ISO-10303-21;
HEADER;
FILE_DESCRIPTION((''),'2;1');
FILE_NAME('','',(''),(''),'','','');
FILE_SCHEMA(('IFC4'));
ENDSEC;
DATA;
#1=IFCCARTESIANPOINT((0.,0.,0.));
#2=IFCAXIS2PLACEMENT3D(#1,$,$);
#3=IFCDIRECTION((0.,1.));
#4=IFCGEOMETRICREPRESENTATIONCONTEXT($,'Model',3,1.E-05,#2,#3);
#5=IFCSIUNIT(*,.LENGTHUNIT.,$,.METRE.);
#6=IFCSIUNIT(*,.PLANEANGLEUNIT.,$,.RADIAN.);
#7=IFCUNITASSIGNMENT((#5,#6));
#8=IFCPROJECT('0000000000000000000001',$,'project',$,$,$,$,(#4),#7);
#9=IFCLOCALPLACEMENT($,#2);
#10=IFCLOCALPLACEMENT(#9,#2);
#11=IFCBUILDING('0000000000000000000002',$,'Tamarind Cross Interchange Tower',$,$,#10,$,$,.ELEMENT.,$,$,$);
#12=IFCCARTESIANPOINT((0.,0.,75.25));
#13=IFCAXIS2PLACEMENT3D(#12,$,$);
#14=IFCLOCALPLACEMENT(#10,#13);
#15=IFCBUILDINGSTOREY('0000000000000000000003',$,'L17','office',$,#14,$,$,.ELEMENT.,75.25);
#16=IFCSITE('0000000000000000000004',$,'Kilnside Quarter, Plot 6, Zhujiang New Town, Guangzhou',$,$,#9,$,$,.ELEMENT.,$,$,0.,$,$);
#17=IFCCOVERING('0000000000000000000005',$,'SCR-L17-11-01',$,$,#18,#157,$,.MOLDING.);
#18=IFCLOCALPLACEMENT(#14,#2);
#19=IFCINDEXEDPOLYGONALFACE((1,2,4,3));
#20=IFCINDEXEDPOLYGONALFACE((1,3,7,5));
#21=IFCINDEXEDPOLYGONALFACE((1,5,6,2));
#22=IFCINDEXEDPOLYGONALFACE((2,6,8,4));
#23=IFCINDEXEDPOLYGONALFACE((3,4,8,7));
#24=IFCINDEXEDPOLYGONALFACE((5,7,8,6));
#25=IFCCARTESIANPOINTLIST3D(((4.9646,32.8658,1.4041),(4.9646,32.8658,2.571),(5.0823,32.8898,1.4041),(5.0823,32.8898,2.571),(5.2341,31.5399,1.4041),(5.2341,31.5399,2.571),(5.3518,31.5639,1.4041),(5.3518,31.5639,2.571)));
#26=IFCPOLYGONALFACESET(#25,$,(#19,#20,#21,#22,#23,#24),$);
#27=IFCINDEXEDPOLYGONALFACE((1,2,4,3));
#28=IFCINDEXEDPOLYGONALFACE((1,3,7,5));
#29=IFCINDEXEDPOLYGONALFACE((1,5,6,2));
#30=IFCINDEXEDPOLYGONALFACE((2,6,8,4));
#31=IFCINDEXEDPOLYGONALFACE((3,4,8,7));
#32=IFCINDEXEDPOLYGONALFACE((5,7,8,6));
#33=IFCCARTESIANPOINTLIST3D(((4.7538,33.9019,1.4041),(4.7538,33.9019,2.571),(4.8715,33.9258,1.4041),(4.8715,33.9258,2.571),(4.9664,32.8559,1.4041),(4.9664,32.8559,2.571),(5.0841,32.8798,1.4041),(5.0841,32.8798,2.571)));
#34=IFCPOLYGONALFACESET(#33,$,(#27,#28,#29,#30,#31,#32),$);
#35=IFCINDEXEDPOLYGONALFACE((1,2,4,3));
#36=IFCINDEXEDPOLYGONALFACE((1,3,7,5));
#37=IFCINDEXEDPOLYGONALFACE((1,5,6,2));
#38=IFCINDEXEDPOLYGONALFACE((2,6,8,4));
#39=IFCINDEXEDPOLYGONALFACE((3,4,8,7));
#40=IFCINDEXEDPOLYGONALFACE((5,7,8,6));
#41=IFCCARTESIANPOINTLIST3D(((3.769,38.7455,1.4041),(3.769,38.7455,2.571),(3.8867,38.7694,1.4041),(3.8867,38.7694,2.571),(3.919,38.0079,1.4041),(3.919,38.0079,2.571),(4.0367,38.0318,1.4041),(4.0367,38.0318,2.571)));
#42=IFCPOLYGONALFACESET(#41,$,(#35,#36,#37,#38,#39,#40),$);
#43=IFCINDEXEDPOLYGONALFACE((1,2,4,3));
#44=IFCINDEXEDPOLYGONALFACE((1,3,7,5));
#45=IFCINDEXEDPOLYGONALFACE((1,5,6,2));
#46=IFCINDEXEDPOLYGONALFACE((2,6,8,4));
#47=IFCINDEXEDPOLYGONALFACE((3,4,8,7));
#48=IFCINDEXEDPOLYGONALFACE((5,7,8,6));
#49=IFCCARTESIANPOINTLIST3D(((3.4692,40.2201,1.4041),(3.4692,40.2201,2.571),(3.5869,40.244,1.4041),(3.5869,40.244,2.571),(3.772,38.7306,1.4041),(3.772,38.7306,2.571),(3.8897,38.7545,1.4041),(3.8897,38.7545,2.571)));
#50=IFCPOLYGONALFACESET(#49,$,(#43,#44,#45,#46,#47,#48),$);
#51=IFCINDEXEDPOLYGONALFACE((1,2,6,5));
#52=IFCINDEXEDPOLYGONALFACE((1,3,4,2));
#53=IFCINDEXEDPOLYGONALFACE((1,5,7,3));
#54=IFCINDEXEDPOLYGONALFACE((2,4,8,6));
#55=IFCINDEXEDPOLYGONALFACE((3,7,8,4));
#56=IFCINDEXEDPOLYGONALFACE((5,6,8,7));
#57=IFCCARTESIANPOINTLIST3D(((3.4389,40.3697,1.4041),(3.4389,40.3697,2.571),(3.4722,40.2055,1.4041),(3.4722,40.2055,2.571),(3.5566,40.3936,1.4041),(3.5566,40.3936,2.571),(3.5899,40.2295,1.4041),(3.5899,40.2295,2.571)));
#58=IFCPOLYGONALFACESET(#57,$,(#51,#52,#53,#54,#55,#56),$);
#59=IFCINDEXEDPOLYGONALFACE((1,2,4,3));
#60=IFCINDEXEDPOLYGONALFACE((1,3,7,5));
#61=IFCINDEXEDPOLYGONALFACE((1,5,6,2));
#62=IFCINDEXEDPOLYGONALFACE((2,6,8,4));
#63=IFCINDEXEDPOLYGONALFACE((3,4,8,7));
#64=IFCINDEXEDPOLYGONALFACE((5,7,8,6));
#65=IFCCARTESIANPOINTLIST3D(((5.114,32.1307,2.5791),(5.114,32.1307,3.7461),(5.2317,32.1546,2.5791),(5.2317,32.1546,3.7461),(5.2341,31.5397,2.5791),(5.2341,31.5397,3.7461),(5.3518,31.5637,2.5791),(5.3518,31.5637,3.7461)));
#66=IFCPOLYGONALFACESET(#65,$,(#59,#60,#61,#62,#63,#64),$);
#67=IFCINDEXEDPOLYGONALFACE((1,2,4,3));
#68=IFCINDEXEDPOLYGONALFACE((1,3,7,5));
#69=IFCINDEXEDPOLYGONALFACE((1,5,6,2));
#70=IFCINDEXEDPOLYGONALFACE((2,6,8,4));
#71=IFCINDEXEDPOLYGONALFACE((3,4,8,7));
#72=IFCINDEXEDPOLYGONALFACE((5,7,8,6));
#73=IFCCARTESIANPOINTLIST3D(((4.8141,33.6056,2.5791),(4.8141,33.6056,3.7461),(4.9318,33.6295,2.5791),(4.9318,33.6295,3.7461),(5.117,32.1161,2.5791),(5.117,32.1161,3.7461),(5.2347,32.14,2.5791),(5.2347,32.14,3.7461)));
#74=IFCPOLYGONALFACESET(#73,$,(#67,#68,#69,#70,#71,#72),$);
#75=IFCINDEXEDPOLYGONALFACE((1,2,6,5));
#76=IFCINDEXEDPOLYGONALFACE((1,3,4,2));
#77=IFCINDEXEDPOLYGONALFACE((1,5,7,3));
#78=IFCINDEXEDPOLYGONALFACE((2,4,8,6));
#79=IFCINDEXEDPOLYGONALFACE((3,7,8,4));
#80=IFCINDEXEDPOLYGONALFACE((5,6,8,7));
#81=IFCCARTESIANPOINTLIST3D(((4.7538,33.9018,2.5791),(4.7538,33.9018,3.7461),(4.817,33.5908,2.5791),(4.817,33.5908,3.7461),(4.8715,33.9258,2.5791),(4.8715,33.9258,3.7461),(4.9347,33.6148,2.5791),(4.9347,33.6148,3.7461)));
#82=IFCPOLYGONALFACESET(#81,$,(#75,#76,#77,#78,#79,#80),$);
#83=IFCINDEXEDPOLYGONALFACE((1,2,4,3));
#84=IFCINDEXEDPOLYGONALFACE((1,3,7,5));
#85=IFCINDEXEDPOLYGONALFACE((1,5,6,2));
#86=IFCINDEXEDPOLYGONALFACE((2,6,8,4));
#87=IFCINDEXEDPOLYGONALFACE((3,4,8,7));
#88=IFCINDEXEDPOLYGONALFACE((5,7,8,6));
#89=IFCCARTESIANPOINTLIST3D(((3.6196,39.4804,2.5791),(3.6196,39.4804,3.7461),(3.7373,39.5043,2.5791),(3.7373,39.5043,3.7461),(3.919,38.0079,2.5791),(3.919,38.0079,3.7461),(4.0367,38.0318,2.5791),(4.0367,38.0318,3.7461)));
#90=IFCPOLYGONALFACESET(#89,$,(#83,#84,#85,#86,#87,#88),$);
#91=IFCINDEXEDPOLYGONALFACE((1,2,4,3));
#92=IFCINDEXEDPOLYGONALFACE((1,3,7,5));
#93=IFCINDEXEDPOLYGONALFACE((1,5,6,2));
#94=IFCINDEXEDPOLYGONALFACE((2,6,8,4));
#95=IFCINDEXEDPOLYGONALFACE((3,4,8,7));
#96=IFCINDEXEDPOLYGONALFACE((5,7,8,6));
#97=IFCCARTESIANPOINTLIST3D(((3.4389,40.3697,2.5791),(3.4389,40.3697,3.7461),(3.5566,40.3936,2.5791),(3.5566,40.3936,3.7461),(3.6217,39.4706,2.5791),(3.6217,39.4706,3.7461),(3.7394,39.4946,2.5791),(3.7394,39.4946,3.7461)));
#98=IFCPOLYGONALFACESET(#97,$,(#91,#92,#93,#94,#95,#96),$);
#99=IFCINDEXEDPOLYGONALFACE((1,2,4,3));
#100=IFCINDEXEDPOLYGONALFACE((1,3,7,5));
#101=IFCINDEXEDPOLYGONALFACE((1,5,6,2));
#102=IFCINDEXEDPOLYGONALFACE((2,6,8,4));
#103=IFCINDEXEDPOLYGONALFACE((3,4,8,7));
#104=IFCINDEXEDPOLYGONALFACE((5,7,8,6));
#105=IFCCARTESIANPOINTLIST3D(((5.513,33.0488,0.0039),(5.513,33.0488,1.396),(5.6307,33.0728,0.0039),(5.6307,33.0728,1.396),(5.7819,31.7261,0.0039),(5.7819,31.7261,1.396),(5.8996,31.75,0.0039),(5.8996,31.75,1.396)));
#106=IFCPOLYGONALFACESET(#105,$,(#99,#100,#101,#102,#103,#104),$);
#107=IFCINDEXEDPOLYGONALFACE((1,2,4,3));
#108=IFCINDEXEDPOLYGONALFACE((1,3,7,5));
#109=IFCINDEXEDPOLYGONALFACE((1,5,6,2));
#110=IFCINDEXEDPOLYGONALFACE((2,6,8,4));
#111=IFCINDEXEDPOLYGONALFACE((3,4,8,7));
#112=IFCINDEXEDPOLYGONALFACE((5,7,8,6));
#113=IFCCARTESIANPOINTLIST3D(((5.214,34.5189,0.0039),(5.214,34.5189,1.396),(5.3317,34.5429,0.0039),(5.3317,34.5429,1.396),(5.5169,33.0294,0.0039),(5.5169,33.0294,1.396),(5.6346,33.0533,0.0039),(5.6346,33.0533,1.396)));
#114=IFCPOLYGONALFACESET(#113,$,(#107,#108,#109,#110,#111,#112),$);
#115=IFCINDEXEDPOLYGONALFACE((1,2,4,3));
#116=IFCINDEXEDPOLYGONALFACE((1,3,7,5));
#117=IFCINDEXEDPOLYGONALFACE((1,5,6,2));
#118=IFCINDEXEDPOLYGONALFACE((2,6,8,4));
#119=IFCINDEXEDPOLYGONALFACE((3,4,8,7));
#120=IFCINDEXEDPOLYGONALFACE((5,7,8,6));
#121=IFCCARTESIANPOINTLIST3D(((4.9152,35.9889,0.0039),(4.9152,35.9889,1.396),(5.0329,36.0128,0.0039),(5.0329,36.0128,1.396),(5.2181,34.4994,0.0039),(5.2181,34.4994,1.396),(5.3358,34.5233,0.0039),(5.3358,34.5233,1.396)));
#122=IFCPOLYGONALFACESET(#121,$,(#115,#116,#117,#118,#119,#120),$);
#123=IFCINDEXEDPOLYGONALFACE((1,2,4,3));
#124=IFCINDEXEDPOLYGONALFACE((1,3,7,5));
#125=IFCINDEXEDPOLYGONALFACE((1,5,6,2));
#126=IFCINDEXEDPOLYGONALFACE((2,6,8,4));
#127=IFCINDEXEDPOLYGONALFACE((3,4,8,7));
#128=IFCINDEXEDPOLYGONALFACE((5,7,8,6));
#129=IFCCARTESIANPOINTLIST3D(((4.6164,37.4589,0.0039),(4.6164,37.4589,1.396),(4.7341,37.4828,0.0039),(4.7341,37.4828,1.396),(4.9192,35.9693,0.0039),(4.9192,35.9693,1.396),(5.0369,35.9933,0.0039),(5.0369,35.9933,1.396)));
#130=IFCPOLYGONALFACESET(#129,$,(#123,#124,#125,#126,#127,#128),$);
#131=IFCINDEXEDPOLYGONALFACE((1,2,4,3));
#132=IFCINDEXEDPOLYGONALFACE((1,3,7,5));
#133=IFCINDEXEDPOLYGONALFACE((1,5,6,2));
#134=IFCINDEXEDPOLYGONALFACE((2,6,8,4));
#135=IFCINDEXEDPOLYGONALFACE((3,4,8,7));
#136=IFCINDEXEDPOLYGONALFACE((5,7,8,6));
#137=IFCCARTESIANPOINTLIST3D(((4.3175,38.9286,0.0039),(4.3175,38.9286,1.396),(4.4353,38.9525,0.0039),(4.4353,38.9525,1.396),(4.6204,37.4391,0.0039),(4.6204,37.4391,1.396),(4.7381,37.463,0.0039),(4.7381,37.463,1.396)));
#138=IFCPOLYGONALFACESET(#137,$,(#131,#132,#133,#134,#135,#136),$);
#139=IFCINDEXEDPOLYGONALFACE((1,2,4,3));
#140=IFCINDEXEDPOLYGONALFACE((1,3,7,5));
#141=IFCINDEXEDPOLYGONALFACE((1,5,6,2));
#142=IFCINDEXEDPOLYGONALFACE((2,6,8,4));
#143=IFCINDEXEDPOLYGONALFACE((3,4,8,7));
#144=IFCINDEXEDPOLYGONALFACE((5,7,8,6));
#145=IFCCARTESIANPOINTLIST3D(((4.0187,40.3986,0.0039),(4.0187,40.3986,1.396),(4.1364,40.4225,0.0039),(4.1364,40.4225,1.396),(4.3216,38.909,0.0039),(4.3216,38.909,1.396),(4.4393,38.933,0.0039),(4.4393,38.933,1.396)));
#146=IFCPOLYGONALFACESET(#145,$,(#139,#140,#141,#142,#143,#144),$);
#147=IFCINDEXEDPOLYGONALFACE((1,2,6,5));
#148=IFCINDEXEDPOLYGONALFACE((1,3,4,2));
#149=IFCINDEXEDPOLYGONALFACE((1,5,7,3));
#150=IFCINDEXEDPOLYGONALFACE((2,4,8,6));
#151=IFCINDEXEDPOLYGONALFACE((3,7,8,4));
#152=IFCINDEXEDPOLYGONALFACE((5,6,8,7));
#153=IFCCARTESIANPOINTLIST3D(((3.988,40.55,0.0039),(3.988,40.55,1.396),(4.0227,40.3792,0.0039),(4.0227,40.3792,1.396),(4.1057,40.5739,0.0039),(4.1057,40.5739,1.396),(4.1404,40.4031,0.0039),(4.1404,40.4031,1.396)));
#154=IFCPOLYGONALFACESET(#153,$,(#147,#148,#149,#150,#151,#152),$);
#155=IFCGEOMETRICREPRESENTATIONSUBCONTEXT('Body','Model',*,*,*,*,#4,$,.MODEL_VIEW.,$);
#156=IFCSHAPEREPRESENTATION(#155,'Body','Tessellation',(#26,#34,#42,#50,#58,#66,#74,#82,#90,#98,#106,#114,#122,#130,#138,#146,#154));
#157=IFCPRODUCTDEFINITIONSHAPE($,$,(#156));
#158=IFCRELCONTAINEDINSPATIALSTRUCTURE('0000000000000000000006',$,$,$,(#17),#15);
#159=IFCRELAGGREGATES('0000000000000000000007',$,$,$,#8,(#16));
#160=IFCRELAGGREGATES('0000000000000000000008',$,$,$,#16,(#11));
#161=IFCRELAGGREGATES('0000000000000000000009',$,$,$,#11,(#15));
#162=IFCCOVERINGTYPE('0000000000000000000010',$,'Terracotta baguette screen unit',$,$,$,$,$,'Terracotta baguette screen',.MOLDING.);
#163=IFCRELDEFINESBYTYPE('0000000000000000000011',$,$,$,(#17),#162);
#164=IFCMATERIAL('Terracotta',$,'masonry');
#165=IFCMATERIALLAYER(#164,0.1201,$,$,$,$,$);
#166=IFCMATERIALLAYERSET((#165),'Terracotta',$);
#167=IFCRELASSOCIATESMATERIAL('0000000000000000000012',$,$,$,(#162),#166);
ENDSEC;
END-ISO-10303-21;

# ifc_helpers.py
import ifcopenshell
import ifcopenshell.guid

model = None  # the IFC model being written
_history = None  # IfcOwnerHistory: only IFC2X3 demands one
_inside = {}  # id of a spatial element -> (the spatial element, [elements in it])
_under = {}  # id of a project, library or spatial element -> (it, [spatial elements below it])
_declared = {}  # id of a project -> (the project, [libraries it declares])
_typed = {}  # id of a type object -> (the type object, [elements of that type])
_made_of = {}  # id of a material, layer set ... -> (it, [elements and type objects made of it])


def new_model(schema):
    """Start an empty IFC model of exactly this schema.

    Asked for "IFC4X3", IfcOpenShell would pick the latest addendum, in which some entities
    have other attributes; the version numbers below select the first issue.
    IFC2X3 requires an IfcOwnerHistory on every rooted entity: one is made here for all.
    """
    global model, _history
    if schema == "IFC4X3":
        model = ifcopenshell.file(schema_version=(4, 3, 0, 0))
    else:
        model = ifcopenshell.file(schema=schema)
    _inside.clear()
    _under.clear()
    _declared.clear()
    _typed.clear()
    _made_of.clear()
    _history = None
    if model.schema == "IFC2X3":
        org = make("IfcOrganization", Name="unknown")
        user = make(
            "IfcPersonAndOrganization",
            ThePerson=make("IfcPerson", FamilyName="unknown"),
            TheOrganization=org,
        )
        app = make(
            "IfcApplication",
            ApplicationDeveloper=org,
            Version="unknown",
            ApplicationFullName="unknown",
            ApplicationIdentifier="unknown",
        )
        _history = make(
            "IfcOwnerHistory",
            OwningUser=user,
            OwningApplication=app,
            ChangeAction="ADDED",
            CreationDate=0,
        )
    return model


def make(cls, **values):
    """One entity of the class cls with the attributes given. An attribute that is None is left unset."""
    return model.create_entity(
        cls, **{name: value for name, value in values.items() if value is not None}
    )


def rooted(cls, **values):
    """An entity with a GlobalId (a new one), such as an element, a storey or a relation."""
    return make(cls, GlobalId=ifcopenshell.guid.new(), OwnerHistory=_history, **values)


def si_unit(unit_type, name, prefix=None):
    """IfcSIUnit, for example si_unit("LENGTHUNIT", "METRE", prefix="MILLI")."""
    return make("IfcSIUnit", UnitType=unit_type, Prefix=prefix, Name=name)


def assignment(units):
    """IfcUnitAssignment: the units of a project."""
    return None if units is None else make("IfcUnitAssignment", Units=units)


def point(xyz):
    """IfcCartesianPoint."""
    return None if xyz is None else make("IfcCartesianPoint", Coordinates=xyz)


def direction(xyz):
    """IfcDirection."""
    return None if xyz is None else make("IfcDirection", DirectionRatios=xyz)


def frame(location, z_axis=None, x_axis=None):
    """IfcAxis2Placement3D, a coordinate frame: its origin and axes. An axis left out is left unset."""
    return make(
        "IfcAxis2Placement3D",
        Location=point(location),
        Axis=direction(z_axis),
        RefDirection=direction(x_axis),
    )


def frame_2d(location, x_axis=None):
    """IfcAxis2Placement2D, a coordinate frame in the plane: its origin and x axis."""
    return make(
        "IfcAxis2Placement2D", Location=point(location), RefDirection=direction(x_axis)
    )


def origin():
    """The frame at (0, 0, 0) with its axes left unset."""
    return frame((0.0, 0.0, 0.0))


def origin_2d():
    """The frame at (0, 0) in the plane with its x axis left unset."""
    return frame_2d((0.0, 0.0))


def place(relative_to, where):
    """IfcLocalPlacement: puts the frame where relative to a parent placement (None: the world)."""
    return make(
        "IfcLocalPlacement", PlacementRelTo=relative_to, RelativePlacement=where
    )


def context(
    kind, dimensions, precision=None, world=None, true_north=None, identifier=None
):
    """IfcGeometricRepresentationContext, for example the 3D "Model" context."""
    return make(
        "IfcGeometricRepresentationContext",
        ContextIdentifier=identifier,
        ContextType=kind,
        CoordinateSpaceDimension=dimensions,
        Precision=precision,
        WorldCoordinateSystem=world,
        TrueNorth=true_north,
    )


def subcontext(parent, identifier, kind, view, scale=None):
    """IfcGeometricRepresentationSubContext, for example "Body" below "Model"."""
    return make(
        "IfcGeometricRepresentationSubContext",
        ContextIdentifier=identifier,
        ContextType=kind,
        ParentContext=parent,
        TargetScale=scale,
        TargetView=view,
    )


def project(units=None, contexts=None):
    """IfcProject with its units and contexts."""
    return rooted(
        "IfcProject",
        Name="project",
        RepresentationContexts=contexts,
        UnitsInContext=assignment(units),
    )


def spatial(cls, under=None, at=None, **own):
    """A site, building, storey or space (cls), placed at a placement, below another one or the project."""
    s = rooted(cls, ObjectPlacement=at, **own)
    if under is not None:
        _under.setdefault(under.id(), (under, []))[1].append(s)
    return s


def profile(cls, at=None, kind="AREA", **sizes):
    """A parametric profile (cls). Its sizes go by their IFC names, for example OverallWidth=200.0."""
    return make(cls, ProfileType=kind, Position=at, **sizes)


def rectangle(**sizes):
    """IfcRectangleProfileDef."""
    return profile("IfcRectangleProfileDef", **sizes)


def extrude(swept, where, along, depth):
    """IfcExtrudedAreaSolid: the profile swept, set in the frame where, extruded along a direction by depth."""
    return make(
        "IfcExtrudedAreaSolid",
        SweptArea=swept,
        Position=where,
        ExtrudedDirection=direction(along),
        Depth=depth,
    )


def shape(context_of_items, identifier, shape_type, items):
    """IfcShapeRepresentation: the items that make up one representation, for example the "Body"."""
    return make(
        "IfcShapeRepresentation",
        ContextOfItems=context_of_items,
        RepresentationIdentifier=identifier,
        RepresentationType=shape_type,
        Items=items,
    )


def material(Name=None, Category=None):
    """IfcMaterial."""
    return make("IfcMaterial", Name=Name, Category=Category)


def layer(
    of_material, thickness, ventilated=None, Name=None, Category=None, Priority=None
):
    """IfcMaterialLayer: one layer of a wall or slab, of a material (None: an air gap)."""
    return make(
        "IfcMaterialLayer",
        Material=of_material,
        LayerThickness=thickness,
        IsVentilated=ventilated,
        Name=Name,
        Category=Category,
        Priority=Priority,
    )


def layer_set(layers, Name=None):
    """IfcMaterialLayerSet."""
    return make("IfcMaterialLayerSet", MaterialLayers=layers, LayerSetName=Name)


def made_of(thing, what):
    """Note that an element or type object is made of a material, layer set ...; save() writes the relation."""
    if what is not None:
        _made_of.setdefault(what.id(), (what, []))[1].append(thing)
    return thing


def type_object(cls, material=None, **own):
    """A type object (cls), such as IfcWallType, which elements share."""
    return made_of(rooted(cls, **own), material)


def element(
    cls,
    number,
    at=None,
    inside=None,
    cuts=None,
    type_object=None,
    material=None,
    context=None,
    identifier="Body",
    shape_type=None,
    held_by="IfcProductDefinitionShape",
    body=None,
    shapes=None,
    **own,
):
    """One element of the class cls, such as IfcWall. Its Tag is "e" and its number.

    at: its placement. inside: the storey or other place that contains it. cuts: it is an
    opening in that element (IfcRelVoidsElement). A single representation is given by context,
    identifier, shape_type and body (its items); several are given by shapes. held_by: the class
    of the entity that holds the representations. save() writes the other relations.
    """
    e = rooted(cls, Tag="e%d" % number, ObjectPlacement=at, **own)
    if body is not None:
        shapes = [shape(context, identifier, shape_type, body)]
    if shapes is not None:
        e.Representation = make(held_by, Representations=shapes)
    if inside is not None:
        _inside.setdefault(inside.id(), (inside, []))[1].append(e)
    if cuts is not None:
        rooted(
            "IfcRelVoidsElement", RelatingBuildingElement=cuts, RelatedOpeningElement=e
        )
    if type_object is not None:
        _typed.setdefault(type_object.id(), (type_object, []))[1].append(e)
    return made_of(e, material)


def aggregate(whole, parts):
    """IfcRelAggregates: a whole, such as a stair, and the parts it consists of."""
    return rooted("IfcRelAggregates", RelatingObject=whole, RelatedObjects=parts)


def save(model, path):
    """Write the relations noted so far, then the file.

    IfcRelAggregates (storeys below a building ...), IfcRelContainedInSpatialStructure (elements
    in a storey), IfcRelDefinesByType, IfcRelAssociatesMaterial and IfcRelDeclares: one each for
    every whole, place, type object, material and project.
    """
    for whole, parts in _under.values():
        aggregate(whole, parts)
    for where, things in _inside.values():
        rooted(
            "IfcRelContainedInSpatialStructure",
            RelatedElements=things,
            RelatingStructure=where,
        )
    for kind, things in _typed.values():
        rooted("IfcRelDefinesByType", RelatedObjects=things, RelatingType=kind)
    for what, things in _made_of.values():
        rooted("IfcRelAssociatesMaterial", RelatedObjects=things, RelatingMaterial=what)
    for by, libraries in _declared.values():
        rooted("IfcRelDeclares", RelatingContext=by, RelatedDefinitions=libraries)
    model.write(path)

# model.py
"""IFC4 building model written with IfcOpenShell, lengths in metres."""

from ifc_helpers import new_model, si_unit, direction, frame, origin, origin_2d, place, context, subcontext, project, spatial, rectangle, extrude, material, layer, layer_set, type_object, element, save


model = new_model("IFC4")

# Units and contexts
model_context = context("Model", 3, precision=1e-05, world=origin(), true_north=direction((0.0, 1.0)))
body_context = subcontext(model_context, "Body", "Model", "MODEL_VIEW")
ifc_project = project(units=[si_unit("LENGTHUNIT", "METRE"), si_unit("PLANEANGLEUNIT", "RADIAN")], contexts=[model_context])

# Site, building, storey
site_placement = place(None, origin())
site = spatial("IfcSite", under=ifc_project, at=site_placement, Name="Kilnside Quarter, Plot 6, Zhujiang New Town, Guangzhou", CompositionType="ELEMENT", RefElevation=0.0)
building_placement = place(site_placement, origin())
building = spatial("IfcBuilding", under=site, at=building_placement, Name="Tamarind Cross Interchange Tower", CompositionType="ELEMENT")
storey_placement = place(building_placement, frame((0.0, 0.0, 75.25)))
storey = spatial("IfcBuildingStorey", under=building, at=storey_placement, Name="L17", Description="office", CompositionType="ELEMENT", Elevation=75.25)

# Covering
ifc_material_1 = material(Name="Terracotta", Category="masonry")
ifc_layer_1 = layer(ifc_material_1, 0.1201)
ifc_layer_set_1 = layer_set([ifc_layer_1], Name="Terracotta")
covering_type = type_object("IfcCoveringType", Name="Terracotta baguette screen unit", ElementType="Terracotta baguette screen", PredefinedType="MOLDING", material=ifc_layer_set_1)
covering_1_placement = place(storey_placement, origin())
element("IfcCovering", 1, at=covering_1_placement, inside=storey, type_object=covering_type, Name="SCR-L17-11-01", PredefinedType="MOLDING", context=body_context, shape_type="SweptSolid", body=[
    extrude(rectangle(XDim=1.353, YDim=0.1201, at=origin_2d()), frame((5.1582, 32.2148, 1.4041), z_axis=(0.0, 0.0, 1.0), x_axis=(-0.199245, 0.97995, 0.0)), (0.0, 0.0, 1.0), 1.167),
    extrude(rectangle(XDim=1.0674, YDim=0.1201, at=origin_2d()), frame((4.9189, 33.3909, 1.4041), z_axis=(0.0, 0.0, 1.0), x_axis=(-0.199245, 0.97995, 0.0)), (0.0, 0.0, 1.0), 1.167),
    extrude(rectangle(XDim=0.7527, YDim=0.1201, at=origin_2d()), frame((3.9028, 38.3887, 1.4041), z_axis=(0.0, 0.0, 1.0), x_axis=(-0.199245, 0.97995, 0.0)), (0.0, 0.0, 1.0), 1.167),
    extrude(rectangle(XDim=1.52, YDim=0.1201, at=origin_2d()), frame((3.6794, 39.4873, 1.4041), z_axis=(0.0, 0.0, 1.0), x_axis=(-0.199245, 0.97995, 0.0)), (0.0, 0.0, 1.0), 1.167),
    extrude(rectangle(XDim=0.1675, YDim=0.1201, at=origin_2d()), frame((3.5144, 40.2996, 1.4041), z_axis=(0.0, 0.0, 1.0), x_axis=(-0.199245, 0.97995, 0.0)), (0.0, 0.0, 1.0), 1.167),
    extrude(rectangle(XDim=0.603, YDim=0.1201, at=origin_2d()), frame((5.2329, 31.8472, 2.5791), z_axis=(0.0, 0.0, 1.0), x_axis=(-0.199245, 0.97995, 0.0)), (0.0, 0.0, 1.0), 1.167),
    extrude(rectangle(XDim=1.52, YDim=0.1201, at=origin_2d()), frame((5.0244, 32.8728, 2.5791), z_axis=(0.0, 0.0, 1.0), x_axis=(-0.199245, 0.97995, 0.0)), (0.0, 0.0, 1.0), 1.167),
    extrude(rectangle(XDim=0.3174, YDim=0.1201, at=origin_2d()), frame((4.8442, 33.7583, 2.5791), z_axis=(0.0, 0.0, 1.0), x_axis=(-0.199245, 0.97995, 0.0)), (0.0, 0.0, 1.0), 1.167),
    extrude(rectangle(XDim=1.5027, YDim=0.1201, at=origin_2d()), frame((3.8281, 38.7561, 2.5791), z_axis=(0.0, 0.0, 1.0), x_axis=(-0.199245, 0.97995, 0.0)), (0.0, 0.0, 1.0), 1.167),
    extrude(rectangle(XDim=0.9175, YDim=0.1201, at=origin_2d()), frame((3.5891, 39.9321, 2.5791), z_axis=(0.0, 0.0, 1.0), x_axis=(-0.199245, 0.97995, 0.0)), (0.0, 0.0, 1.0), 1.167),
    extrude(rectangle(XDim=1.3499, YDim=0.1201, at=origin_2d()), frame((5.7063, 32.3994, 0.0039), z_axis=(0.0, 0.0, 1.0), x_axis=(-0.199245, 0.97995, 0.0)), (0.0, 0.0, 1.0), 1.3921),
    extrude(rectangle(XDim=1.52, YDim=0.1201, at=origin_2d()), frame((5.4243, 33.7861, 0.0039), z_axis=(0.0, 0.0, 1.0), x_axis=(-0.199245, 0.97995, 0.0)), (0.0, 0.0, 1.0), 1.3921),
    extrude(rectangle(XDim=1.52, YDim=0.1201, at=origin_2d()), frame((5.1255, 35.2561, 0.0039), z_axis=(0.0, 0.0, 1.0), x_axis=(-0.199245, 0.97995, 0.0)), (0.0, 0.0, 1.0), 1.3921),
    extrude(rectangle(XDim=1.52, YDim=0.1201, at=origin_2d()), frame((4.8267, 36.7261, 0.0039), z_axis=(0.0, 0.0, 1.0), x_axis=(-0.199245, 0.97995, 0.0)), (0.0, 0.0, 1.0), 1.3921),
    extrude(rectangle(XDim=1.52, YDim=0.1201, at=origin_2d()), frame((4.5278, 38.1958, 0.0039), z_axis=(0.0, 0.0, 1.0), x_axis=(-0.199245, 0.97995, 0.0)), (0.0, 0.0, 1.0), 1.3921),
    extrude(rectangle(XDim=1.52, YDim=0.1201, at=origin_2d()), frame((4.229, 39.6658, 0.0039), z_axis=(0.0, 0.0, 1.0), x_axis=(-0.199245, 0.97995, 0.0)), (0.0, 0.0, 1.0), 1.3921),
    extrude(rectangle(XDim=0.1743, YDim=0.1201, at=origin_2d()), frame((4.0642, 40.4766, 0.0039), z_axis=(0.0, 0.0, 1.0), x_axis=(-0.199245, 0.97995, 0.0)), (0.0, 0.0, 1.0), 1.3921),
])

save(model, "model.ifc")
